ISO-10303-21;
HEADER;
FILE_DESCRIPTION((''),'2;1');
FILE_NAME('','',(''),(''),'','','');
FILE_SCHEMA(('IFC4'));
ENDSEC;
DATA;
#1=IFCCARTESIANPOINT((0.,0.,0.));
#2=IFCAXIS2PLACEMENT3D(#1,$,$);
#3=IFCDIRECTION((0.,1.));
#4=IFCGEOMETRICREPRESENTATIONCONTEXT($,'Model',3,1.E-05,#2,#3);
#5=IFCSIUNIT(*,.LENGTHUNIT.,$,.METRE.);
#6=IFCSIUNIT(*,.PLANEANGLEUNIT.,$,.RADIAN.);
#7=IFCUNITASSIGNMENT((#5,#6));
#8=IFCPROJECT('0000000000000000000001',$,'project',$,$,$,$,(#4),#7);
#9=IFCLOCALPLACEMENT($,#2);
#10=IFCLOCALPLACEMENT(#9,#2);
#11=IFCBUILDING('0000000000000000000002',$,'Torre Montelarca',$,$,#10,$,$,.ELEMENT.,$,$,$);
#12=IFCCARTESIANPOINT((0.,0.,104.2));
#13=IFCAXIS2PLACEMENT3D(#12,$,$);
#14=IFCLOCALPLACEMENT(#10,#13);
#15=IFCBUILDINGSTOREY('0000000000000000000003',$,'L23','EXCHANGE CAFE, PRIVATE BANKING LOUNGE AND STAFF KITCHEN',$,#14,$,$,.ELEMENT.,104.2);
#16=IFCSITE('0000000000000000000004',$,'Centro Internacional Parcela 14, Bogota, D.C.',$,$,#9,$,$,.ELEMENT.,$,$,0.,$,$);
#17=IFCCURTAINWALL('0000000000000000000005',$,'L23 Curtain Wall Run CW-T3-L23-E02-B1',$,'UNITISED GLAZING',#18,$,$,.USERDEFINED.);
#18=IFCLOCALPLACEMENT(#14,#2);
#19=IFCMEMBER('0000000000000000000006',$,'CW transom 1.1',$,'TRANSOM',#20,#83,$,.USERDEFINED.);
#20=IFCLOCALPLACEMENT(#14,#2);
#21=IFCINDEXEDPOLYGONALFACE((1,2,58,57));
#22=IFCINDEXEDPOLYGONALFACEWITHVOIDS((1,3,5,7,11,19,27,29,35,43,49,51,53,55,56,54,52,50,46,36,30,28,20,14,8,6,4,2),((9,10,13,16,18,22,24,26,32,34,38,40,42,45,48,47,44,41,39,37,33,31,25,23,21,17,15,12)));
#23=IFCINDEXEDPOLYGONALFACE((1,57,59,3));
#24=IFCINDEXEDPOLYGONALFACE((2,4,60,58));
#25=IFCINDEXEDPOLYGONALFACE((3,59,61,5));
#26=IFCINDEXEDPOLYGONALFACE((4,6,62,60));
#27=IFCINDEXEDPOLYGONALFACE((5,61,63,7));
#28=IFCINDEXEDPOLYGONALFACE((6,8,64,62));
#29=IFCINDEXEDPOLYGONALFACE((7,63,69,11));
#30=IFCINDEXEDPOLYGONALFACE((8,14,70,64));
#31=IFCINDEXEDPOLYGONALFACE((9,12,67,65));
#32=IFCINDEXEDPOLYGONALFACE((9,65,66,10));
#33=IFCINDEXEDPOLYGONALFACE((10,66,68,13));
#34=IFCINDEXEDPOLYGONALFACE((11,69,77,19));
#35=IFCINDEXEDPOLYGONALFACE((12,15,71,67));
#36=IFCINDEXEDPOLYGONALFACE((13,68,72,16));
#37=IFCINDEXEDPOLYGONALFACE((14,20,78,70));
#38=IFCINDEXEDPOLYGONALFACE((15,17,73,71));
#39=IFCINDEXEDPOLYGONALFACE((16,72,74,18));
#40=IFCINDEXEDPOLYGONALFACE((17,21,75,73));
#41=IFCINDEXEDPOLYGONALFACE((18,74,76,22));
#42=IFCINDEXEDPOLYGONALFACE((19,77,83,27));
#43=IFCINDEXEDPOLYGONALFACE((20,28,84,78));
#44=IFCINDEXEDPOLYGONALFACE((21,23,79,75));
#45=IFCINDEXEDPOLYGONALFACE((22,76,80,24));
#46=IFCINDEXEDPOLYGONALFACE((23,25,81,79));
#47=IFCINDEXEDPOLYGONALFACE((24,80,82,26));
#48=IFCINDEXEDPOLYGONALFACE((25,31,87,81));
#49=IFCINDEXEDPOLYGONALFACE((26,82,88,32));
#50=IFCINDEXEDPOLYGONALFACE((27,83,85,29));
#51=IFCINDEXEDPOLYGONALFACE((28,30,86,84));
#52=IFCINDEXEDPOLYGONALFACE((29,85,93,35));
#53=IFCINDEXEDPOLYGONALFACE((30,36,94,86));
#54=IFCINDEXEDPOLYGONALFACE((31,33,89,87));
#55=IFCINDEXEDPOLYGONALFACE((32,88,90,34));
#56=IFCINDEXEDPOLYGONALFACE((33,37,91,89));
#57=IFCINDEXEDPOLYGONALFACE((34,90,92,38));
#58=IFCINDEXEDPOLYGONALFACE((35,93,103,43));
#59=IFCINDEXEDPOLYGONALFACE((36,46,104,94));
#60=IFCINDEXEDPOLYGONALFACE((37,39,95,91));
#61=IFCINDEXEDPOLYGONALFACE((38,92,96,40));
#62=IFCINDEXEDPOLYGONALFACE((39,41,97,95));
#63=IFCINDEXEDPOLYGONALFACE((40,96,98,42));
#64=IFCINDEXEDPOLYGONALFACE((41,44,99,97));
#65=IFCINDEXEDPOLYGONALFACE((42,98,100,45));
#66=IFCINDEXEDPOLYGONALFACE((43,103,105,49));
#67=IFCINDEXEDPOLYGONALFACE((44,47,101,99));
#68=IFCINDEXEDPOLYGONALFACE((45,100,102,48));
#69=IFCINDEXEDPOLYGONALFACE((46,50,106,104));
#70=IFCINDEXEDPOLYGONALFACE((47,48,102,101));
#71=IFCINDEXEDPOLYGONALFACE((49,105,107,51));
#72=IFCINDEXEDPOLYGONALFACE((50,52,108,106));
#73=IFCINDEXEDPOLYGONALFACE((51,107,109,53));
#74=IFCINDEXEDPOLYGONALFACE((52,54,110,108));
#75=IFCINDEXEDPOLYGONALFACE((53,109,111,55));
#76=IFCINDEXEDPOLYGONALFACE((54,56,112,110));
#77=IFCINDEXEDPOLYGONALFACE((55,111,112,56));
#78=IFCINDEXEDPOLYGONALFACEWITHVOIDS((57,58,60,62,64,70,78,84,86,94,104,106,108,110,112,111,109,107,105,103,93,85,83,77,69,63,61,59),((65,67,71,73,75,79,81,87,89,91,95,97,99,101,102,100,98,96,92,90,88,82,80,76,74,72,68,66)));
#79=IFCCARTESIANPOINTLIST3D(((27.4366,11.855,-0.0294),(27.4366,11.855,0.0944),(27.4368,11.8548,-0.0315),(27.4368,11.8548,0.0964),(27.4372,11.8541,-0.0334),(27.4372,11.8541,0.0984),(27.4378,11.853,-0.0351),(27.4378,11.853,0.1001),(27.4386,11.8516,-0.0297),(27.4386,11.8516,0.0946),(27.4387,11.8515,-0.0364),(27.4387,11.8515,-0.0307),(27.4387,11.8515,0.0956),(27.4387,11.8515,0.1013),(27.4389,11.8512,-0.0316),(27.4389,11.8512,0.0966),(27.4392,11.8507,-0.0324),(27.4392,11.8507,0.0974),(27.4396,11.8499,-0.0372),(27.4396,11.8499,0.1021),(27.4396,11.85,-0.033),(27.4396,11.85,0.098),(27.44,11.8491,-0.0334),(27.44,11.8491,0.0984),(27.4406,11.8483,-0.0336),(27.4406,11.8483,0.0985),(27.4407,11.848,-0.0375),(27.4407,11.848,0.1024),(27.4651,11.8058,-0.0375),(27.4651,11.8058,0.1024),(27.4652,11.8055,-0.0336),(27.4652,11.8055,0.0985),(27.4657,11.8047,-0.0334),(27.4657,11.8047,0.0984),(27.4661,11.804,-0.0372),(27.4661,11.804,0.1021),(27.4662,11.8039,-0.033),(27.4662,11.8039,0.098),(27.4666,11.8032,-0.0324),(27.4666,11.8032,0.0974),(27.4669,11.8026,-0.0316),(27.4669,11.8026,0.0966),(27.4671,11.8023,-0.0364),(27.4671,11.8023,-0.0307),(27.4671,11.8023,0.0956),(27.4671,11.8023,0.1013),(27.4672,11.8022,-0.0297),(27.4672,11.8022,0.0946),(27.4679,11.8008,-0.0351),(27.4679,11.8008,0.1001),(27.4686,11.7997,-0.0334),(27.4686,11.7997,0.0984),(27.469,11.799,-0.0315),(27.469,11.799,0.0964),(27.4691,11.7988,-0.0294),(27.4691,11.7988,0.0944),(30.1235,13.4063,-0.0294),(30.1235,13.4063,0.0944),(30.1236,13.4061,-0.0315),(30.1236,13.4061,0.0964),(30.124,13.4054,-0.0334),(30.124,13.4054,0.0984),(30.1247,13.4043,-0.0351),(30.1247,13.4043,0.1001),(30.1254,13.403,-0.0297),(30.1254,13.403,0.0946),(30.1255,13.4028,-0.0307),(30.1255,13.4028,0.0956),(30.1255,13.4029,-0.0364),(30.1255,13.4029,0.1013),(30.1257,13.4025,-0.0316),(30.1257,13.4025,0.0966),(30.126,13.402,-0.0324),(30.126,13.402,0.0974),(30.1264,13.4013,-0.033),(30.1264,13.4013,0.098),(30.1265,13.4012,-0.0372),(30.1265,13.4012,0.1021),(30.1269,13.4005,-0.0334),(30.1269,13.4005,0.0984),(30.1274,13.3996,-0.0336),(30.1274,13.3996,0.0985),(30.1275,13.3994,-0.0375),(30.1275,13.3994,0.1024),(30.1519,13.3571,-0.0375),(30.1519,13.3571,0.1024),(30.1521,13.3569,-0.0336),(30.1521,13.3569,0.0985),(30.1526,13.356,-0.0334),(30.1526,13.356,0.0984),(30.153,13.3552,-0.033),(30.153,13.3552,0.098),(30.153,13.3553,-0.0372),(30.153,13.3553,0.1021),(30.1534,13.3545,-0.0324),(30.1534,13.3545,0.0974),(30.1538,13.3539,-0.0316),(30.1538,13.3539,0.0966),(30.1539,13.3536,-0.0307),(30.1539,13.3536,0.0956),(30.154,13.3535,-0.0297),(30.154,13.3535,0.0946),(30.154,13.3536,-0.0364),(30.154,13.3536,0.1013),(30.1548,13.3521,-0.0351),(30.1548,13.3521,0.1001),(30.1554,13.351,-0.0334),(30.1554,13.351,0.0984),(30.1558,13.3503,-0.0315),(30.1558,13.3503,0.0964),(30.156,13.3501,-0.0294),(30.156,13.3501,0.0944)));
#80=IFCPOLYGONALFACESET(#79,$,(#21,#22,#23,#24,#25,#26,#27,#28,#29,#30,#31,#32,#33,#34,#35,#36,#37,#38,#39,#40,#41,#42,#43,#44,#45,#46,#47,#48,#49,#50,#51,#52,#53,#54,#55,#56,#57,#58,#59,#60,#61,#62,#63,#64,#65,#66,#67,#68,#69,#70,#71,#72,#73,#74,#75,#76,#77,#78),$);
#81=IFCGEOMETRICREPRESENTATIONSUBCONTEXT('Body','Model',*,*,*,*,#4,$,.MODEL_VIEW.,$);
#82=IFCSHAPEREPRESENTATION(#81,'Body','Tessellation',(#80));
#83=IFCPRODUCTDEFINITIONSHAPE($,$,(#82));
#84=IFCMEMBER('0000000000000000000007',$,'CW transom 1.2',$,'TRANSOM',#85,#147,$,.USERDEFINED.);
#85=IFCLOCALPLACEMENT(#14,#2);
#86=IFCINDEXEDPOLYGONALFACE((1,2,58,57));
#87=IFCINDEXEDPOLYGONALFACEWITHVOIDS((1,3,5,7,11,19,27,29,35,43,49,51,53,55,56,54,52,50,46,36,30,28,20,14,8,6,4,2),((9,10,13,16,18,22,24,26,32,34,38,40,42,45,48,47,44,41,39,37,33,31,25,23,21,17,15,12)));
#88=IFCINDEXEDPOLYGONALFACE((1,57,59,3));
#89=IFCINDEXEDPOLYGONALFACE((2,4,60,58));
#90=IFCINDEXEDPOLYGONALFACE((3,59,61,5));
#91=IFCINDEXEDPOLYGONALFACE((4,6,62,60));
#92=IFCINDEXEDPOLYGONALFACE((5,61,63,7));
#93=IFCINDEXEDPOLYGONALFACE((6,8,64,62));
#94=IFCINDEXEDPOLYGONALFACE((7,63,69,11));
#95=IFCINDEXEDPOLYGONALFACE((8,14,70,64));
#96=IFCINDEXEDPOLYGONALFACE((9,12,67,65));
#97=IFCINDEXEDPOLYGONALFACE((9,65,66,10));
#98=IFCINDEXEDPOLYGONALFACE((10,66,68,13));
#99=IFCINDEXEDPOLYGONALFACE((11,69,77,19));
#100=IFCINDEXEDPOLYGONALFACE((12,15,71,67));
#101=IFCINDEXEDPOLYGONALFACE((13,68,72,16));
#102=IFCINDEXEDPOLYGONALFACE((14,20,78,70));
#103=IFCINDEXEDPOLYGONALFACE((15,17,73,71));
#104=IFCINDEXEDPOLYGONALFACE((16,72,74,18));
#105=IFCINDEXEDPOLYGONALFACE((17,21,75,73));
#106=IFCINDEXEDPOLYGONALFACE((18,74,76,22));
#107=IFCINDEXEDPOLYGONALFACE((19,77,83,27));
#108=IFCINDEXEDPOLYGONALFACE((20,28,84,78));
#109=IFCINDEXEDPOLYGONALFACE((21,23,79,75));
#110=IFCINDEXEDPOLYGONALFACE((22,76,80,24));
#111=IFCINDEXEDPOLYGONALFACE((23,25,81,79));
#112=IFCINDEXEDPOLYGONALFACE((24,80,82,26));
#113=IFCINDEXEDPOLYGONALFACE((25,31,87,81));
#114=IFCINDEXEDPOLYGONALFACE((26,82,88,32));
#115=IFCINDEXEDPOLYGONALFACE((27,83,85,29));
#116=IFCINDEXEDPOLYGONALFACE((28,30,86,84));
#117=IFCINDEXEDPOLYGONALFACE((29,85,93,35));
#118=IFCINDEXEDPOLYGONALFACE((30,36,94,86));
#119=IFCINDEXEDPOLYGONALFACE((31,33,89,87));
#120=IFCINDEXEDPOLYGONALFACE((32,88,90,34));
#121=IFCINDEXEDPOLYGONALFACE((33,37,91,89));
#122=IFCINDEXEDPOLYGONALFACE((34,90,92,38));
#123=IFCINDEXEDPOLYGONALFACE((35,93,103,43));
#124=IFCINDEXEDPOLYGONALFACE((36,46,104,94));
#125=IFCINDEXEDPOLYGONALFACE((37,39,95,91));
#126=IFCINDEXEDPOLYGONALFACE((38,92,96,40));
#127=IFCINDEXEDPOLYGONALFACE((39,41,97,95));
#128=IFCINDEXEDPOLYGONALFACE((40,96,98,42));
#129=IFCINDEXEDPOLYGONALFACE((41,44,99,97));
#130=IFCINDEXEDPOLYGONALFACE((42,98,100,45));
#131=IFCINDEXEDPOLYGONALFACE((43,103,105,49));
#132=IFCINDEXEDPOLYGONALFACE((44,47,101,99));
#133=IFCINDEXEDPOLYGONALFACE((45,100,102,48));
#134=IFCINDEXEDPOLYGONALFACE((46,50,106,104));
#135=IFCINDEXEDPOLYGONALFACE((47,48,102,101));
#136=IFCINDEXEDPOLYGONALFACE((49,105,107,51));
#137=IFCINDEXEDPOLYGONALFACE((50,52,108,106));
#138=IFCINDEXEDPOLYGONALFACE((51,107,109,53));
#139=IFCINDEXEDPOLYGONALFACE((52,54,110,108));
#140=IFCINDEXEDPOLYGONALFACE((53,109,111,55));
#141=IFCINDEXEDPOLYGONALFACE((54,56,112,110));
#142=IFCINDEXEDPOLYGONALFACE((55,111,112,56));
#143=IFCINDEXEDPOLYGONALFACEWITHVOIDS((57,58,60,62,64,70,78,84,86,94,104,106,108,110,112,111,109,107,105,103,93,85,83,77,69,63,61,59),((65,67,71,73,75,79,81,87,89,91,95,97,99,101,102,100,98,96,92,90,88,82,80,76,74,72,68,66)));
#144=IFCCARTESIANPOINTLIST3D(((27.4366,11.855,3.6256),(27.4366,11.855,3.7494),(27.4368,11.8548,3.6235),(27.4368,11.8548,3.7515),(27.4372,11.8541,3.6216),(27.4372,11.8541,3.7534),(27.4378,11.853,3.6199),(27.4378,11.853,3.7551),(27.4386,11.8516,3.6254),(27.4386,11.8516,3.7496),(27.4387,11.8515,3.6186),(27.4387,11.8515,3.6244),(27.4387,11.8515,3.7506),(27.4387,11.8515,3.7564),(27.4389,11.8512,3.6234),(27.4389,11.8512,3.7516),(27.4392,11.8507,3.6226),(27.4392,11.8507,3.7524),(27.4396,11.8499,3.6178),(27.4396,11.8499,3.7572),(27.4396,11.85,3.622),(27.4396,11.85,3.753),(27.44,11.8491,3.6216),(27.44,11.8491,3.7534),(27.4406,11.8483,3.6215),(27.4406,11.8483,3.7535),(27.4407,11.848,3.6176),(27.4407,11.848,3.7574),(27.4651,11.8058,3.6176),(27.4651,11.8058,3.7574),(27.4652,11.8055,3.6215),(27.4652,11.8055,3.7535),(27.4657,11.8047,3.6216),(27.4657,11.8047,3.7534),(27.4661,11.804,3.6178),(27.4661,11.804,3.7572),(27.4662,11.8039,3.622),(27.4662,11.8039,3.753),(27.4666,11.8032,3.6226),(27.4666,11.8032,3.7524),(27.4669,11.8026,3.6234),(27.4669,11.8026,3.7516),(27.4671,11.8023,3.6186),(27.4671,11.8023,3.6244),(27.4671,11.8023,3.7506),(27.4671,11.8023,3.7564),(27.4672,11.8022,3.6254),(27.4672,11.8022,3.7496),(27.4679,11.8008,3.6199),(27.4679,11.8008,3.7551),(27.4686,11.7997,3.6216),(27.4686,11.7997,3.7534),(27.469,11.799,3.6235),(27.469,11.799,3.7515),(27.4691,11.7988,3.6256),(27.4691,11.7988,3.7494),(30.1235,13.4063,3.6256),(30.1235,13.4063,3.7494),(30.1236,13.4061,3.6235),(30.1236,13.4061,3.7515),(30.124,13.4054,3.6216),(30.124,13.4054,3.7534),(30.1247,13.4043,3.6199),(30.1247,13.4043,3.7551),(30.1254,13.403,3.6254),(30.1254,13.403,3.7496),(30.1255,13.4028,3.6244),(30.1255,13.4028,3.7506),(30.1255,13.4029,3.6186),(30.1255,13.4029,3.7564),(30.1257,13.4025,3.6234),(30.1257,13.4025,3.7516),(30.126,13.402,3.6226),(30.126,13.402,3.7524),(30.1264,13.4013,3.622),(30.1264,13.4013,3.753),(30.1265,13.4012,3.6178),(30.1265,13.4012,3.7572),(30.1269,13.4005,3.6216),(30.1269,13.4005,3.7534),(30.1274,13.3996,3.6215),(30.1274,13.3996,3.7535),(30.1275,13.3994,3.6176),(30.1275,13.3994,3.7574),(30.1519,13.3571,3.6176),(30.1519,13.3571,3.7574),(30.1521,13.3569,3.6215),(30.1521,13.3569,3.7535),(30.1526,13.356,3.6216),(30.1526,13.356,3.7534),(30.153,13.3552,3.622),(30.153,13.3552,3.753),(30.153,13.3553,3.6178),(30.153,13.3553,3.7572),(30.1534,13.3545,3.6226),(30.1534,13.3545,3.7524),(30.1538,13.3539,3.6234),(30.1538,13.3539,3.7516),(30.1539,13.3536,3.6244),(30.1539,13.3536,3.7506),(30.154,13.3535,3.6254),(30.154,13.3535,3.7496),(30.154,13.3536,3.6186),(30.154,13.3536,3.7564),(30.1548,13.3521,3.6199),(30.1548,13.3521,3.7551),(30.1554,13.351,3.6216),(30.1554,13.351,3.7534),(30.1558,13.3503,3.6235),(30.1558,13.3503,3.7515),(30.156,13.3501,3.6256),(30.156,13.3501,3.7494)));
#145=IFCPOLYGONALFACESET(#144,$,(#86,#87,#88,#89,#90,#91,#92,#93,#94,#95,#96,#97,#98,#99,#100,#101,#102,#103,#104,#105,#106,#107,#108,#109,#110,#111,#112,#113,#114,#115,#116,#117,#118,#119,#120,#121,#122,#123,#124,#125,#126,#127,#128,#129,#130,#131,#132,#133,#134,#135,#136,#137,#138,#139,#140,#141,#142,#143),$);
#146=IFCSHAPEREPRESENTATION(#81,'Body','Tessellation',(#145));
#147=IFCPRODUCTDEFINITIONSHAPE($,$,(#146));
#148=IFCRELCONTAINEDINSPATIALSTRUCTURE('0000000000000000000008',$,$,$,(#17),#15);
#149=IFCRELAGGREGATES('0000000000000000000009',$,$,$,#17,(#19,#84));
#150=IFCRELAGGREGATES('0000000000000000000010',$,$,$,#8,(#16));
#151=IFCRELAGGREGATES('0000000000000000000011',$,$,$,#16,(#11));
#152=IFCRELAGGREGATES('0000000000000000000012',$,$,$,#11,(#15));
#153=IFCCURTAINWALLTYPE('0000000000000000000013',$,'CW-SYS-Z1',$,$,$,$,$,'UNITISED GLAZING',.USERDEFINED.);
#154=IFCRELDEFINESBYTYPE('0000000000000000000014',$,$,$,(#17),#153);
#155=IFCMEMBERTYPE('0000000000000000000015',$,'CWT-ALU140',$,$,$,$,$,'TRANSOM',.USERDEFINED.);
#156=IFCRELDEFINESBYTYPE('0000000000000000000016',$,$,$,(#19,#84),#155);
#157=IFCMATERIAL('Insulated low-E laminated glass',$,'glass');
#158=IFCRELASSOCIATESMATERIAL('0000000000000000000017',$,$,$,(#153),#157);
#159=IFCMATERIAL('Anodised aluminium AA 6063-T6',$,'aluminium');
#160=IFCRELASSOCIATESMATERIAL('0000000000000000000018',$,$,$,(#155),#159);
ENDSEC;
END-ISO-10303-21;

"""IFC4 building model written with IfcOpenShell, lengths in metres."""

from ifc_helpers import new_model, si_unit, direction, frame, origin, origin_2d, place, context, subcontext, project, spatial, hollow_rectangle, extrude, source, transform, mapped, material, material_profile, profile_set, type_object, element, aggregate, save


model = new_model("IFC4")

# Units and contexts
model_context = context("Model", 3, precision=1e-05, world=origin(), true_north=direction((0.0, 1.0)))
body_context = subcontext(model_context, "Body", "Model", "MODEL_VIEW")
ifc_project = project(units=[si_unit("LENGTHUNIT", "METRE"), si_unit("PLANEANGLEUNIT", "RADIAN")], contexts=[model_context])

# Site, building, storey
site_placement = place(None, origin())
site = spatial("IfcSite", under=ifc_project, at=site_placement, Name="Centro Internacional Parcela 14, Bogota, D.C.", CompositionType="ELEMENT", RefElevation=0.0)
building_placement = place(site_placement, origin())
building = spatial("IfcBuilding", under=site, at=building_placement, Name="Torre Montelarca", CompositionType="ELEMENT")
storey_placement = place(building_placement, frame((0.0, 0.0, 104.2)))
storey = spatial("IfcBuildingStorey", under=building, at=storey_placement, Name="L23", Description="EXCHANGE CAFE, PRIVATE BANKING LOUNGE AND STAFF KITCHEN", CompositionType="ELEMENT", Elevation=104.2)

# Curtain wall, members
ifc_material_1 = material(Name="Insulated low-E laminated glass", Category="glass")
curtain_wall_type = type_object("IfcCurtainWallType", Name="CW-SYS-Z1", ElementType="UNITISED GLAZING", PredefinedType="USERDEFINED", material=ifc_material_1)
ifc_material_2 = material(Name="Anodised aluminium AA 6063-T6", Category="aluminium")
ifc_material_profile_1 = material_profile(ifc_material_2, hollow_rectangle(XDim=0.0649, YDim=0.1399, WallThickness=0.0039, InnerFilletRadius=0.0039, OuterFilletRadius=0.0081, at=origin_2d()), Name="ALU65X140X4", Category="aluminium")
ifc_profile_set_1 = profile_set([ifc_material_profile_1], Name="Anodised aluminium AA 6063-T6")
member_type_1 = type_object("IfcMemberType", Name="CWT-ALU140", ElementType="TRANSOM", PredefinedType="USERDEFINED", material=ifc_profile_set_1)
curtain_wall_1_placement = place(storey_placement, origin())
curtain_wall_1 = element("IfcCurtainWall", 1, at=curtain_wall_1_placement, inside=storey, type_object=curtain_wall_type, Name="L23 Curtain Wall Run CW-T3-L23-E02-B1", ObjectType="UNITISED GLAZING", PredefinedType="USERDEFINED")
shared_shape_1 = source(origin(), body_context, "Body", "SweptSolid", [
    extrude(hollow_rectangle(XDim=0.0649, YDim=0.1399, WallThickness=0.0039, InnerFilletRadius=0.0039, OuterFilletRadius=0.0081, at=origin_2d()), origin(), (0.0, 0.0, 1.0), 3.1025),
])
member_1_placement = place(storey_placement, frame((27.4529, 11.8269, 0.0325), z_axis=(0.866017, 0.500015, 0.0), x_axis=(-0.500015, 0.866017, 0.0)))
member_1 = element("IfcMember", 2, at=member_1_placement, type_object=member_type_1, Name="CW transom 1.1", ObjectType="TRANSOM", PredefinedType="USERDEFINED", context=body_context, shape_type="MappedRepresentation", body=[
    mapped(shared_shape_1, transform((0.0, 0.0, 0.0), scale=1.0)),
])
member_2_placement = place(storey_placement, frame((27.4529, 11.8269, 3.6875), z_axis=(0.866017, 0.500015, 0.0), x_axis=(-0.500015, 0.866017, 0.0)))
member_2 = element("IfcMember", 3, at=member_2_placement, type_object=member_type_1, Name="CW transom 1.2", ObjectType="TRANSOM", PredefinedType="USERDEFINED", context=body_context, shape_type="MappedRepresentation", body=[
    mapped(shared_shape_1, transform((0.0, 0.0, 0.0), scale=1.0)),
])

aggregate(curtain_wall_1, [member_1, member_2])

save(model, "model.ifc")
